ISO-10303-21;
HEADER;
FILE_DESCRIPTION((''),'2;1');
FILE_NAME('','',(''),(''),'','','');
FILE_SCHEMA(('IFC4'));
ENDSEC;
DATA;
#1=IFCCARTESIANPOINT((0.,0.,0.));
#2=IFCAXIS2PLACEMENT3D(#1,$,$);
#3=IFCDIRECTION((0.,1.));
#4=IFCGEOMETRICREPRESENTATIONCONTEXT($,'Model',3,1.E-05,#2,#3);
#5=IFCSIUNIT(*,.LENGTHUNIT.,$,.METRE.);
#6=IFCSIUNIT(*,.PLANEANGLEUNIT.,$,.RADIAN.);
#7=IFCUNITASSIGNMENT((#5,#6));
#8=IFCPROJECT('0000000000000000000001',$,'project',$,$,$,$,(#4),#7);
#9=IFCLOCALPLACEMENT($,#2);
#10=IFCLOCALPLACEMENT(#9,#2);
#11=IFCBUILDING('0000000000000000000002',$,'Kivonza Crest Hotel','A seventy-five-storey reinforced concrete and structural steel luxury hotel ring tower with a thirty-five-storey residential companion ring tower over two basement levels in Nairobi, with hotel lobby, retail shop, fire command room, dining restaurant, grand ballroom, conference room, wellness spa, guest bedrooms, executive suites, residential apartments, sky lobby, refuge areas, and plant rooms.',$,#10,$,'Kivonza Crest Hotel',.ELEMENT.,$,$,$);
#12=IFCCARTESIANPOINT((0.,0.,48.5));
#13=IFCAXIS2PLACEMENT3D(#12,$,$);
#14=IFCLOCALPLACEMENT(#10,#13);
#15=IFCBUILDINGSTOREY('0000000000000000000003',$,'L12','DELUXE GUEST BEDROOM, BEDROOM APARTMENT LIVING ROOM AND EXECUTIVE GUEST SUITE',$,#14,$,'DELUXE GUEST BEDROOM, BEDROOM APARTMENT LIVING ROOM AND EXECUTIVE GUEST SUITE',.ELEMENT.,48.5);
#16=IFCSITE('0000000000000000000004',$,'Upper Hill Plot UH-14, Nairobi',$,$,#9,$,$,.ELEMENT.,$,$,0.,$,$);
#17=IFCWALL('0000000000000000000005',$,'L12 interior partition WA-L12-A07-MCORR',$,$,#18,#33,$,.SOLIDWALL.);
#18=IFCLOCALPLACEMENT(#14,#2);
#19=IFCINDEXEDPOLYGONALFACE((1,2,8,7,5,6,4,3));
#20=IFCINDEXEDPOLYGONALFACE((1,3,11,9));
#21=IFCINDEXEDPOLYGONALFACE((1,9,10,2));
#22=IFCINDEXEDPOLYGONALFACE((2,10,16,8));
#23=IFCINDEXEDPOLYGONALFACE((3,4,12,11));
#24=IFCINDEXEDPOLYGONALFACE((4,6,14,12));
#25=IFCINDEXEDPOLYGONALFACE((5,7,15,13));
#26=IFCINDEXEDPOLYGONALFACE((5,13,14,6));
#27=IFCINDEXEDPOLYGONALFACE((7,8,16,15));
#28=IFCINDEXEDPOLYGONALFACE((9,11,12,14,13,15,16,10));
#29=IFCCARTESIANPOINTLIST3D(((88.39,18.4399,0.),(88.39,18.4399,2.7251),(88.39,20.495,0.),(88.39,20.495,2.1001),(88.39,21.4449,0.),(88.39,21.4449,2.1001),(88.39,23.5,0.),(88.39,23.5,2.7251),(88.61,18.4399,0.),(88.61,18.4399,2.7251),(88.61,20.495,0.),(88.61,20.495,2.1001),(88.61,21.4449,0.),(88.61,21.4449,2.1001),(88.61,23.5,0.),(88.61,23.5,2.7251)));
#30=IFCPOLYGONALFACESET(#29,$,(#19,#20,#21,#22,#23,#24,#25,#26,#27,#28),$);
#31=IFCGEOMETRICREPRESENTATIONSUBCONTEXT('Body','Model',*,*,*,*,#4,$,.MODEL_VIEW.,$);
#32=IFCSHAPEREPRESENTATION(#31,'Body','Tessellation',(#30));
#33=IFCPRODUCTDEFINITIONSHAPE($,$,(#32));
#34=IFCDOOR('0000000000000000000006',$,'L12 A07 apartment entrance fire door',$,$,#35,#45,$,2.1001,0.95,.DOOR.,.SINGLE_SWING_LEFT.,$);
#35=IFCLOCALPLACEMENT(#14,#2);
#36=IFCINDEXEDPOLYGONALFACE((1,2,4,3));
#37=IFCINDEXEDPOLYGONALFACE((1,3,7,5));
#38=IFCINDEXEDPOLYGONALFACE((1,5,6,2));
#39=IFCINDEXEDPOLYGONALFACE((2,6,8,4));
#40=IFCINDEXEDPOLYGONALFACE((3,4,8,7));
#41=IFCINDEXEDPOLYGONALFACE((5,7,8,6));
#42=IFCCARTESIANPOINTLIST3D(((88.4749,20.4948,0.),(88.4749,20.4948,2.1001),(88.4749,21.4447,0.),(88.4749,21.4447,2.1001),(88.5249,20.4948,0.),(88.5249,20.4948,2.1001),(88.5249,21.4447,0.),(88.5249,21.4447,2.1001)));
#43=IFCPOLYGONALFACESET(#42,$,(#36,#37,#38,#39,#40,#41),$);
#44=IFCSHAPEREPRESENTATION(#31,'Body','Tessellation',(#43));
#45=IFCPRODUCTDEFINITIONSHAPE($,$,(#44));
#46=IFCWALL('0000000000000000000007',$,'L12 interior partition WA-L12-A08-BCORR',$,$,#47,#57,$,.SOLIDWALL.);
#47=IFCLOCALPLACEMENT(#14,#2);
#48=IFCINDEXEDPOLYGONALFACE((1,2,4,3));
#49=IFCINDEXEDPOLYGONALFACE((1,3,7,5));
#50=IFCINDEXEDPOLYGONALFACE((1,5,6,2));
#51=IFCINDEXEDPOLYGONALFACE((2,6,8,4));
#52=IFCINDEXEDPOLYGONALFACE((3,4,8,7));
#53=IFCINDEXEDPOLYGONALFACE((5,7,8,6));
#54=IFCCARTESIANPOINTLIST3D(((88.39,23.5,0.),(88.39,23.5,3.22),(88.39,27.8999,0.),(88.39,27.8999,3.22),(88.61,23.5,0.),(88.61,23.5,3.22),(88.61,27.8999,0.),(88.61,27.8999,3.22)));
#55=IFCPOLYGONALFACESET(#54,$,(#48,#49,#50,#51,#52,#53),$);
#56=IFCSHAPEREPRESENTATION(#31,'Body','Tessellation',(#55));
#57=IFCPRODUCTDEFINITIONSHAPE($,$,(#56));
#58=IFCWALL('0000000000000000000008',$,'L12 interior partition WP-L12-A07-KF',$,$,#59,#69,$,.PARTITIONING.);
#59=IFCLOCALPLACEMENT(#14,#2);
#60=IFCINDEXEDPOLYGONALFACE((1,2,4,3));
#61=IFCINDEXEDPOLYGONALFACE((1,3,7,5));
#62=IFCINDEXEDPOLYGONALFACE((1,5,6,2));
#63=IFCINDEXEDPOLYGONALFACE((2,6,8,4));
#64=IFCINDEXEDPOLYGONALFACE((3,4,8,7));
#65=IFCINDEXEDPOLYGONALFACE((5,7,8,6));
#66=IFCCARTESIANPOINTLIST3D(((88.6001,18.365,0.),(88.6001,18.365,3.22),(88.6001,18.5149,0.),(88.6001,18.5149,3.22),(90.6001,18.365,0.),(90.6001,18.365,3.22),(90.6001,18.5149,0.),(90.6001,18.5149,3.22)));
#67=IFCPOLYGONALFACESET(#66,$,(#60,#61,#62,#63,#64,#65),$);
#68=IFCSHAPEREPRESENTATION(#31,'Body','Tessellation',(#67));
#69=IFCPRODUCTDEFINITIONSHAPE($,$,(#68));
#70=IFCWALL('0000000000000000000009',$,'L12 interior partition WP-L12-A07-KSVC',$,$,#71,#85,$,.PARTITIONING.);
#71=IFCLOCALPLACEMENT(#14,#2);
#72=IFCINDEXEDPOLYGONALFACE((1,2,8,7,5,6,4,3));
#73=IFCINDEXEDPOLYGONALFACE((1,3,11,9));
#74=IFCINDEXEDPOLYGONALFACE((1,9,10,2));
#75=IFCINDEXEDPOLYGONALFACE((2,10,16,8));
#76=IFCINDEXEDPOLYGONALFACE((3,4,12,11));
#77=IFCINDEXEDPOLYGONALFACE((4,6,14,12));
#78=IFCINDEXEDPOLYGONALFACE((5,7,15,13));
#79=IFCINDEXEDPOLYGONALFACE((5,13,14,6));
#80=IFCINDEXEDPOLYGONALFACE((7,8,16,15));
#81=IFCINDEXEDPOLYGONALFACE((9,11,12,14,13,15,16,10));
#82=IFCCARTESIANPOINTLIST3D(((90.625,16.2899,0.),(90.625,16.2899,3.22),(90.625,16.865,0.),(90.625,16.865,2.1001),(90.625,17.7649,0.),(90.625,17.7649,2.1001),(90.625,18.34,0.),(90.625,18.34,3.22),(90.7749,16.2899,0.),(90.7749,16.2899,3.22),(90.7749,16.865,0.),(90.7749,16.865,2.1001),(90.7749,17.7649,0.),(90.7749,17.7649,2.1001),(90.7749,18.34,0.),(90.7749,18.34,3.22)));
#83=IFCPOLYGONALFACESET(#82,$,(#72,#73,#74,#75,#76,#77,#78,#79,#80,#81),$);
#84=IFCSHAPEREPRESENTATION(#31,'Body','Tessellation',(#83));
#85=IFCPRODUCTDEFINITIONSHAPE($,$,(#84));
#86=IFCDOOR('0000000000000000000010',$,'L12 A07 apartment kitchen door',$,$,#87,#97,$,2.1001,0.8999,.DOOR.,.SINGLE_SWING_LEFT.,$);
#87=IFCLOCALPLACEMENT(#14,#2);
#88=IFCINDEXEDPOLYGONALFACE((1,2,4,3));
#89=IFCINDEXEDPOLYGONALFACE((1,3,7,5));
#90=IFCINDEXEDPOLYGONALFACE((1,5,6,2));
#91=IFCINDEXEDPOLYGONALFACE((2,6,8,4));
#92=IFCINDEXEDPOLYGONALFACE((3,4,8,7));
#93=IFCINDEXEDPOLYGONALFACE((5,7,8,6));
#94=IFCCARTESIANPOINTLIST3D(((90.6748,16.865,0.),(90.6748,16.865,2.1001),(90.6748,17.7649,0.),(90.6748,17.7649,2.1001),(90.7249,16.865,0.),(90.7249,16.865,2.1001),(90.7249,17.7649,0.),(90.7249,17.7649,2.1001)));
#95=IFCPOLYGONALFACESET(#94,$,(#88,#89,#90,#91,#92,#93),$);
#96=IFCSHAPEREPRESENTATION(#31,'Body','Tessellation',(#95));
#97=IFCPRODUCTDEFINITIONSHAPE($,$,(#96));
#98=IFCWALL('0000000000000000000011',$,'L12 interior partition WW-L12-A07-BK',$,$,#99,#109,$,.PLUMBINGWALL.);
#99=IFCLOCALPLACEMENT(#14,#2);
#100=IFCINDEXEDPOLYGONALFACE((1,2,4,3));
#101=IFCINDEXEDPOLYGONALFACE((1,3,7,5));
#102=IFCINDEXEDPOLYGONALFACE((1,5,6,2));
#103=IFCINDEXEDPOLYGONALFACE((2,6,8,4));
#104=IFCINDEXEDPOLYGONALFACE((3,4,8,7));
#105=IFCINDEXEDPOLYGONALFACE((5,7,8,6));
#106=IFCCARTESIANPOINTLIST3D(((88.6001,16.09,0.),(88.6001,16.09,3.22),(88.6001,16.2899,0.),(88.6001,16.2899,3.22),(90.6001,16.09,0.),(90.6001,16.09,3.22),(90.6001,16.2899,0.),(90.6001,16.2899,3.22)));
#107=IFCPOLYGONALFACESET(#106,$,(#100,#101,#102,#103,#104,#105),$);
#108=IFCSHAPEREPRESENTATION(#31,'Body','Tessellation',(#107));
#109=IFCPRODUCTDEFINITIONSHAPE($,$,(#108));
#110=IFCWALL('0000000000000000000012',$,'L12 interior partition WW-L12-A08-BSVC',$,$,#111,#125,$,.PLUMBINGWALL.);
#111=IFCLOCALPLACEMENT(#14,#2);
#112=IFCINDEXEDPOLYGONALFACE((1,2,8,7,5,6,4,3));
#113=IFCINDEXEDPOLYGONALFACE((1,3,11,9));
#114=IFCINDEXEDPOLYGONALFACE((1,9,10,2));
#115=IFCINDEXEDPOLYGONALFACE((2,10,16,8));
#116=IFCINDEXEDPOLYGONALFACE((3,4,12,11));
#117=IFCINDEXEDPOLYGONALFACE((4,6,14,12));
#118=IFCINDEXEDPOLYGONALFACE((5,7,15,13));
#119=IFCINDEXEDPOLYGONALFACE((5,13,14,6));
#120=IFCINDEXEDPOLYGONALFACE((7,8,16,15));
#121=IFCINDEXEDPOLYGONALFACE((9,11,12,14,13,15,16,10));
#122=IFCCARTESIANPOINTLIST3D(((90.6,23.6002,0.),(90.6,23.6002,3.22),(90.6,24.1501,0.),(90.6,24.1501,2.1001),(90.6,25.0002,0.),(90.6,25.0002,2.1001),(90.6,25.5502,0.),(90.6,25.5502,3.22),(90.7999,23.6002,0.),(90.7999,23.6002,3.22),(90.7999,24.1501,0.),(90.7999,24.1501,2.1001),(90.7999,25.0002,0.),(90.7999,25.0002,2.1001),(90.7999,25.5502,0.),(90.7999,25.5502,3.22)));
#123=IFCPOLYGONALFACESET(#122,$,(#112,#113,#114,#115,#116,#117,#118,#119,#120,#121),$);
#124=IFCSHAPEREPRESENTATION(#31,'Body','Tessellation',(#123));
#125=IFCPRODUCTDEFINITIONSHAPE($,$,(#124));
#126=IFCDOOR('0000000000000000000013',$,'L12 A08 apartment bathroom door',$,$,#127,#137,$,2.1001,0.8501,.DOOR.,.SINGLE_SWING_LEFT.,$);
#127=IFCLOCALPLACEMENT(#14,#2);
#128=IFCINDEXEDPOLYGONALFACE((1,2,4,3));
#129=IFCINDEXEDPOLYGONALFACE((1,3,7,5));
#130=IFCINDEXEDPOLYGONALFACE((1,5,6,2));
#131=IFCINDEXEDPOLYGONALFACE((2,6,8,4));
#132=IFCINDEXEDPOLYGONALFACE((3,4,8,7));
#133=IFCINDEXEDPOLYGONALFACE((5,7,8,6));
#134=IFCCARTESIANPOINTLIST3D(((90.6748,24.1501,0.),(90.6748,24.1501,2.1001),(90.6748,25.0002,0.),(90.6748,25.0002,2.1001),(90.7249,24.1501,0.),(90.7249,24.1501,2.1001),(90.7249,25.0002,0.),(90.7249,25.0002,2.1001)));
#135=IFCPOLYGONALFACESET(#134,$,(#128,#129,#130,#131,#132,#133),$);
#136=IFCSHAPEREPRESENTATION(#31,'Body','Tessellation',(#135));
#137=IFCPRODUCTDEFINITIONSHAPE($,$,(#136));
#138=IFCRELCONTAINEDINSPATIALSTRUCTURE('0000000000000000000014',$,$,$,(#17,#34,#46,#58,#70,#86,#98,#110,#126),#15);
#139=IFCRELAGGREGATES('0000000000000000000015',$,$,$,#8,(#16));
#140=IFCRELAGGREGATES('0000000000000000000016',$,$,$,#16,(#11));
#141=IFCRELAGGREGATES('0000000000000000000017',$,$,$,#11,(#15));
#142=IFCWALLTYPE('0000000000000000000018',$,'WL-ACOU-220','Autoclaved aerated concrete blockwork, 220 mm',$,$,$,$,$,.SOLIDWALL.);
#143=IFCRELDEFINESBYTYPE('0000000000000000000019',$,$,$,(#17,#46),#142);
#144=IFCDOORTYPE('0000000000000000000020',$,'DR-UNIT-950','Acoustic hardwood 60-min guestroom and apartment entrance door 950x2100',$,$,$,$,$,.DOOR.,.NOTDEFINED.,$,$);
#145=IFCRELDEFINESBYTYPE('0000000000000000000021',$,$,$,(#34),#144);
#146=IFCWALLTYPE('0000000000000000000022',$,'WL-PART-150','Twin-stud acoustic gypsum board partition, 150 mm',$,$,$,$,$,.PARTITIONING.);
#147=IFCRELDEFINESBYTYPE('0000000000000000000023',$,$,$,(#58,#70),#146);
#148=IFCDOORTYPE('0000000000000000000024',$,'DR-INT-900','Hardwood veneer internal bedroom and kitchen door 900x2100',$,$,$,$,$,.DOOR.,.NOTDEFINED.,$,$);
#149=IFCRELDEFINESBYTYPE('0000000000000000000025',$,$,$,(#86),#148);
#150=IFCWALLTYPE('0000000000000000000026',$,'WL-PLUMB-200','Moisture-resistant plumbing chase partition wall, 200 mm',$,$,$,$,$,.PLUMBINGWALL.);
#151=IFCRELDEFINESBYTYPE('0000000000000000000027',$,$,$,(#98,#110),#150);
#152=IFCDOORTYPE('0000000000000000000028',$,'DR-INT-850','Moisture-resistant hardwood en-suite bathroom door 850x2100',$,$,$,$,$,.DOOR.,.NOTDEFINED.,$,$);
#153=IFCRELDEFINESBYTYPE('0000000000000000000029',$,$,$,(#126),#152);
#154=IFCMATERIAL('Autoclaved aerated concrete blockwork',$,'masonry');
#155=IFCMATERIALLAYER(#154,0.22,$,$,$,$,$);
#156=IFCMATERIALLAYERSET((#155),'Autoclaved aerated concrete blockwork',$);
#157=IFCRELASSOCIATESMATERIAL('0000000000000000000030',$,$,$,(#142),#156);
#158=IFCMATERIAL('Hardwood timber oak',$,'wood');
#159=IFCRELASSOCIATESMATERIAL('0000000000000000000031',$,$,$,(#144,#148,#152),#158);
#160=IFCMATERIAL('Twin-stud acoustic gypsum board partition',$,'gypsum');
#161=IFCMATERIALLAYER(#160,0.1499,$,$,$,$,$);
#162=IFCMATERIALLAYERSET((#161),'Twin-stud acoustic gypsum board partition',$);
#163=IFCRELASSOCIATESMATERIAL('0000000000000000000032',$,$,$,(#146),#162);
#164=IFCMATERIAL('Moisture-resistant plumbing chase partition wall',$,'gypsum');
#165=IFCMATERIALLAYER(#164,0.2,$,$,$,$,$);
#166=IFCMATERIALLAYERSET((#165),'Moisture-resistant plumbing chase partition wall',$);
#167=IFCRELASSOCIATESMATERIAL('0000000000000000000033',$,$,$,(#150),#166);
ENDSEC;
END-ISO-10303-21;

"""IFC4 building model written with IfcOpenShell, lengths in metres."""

from ifc_helpers import new_model, si_unit, direction, frame, frame_2d, origin, place, context, subcontext, project, spatial, rectangle, extrude, material, layer, layer_set, type_object, element, fill, save


model = new_model("IFC4")

# Units and contexts
model_context = context("Model", 3, precision=1e-05, world=origin(), true_north=direction((0.0, 1.0)))
body_context = subcontext(model_context, "Body", "Model", "MODEL_VIEW")
ifc_project = project(units=[si_unit("LENGTHUNIT", "METRE"), si_unit("PLANEANGLEUNIT", "RADIAN")], contexts=[model_context])

# Site, building, storey
site_placement = place(None, origin())
site = spatial("IfcSite", under=ifc_project, at=site_placement, Name="Upper Hill Plot UH-14, Nairobi", CompositionType="ELEMENT", RefElevation=0.0)
building_placement = place(site_placement, origin())
building = spatial("IfcBuilding", under=site, at=building_placement, Name="Kivonza Crest Hotel", Description="A seventy-five-storey reinforced concrete and structural steel luxury hotel ring tower with a thirty-five-storey residential companion ring tower over two basement levels in Nairobi, with hotel lobby, retail shop, fire command room, dining restaurant, grand ballroom, conference room, wellness spa, guest bedrooms, executive suites, residential apartments, sky lobby, refuge areas, and plant rooms.", LongName="Kivonza Crest Hotel", CompositionType="ELEMENT")
storey_placement = place(building_placement, frame((0.0, 0.0, 48.5)))
storey = spatial("IfcBuildingStorey", under=building, at=storey_placement, Name="L12", Description="DELUXE GUEST BEDROOM, BEDROOM APARTMENT LIVING ROOM AND EXECUTIVE GUEST SUITE", LongName="DELUXE GUEST BEDROOM, BEDROOM APARTMENT LIVING ROOM AND EXECUTIVE GUEST SUITE", CompositionType="ELEMENT", Elevation=48.5)

# Wall, opening, door
ifc_material_1 = material(Name="Autoclaved aerated concrete blockwork", Category="masonry")
ifc_layer_1 = layer(ifc_material_1, 0.22)
ifc_layer_set_1 = layer_set([ifc_layer_1], Name="Autoclaved aerated concrete blockwork")
wall_type_1 = type_object("IfcWallType", Name="WL-ACOU-220", Description="Autoclaved aerated concrete blockwork, 220 mm", PredefinedType="SOLIDWALL", material=ifc_layer_set_1)
wall_1_placement = place(storey_placement, frame((88.5, 18.4399, 0.0), z_axis=(0.0, 0.0, 1.0), x_axis=(0.0, 1.0, 0.0)))
wall_1 = element("IfcWall", 1, at=wall_1_placement, inside=storey, type_object=wall_type_1, Name="L12 interior partition WA-L12-A07-MCORR", PredefinedType="SOLIDWALL", context=body_context, shape_type="SweptSolid", body=[
    extrude(rectangle(XDim=5.0601, YDim=0.22, at=frame_2d((2.53, 0.0))), origin(), (0.0, 0.0, 1.0), 2.7251),
])
opening_1_placement = place(wall_1_placement, frame((2.0549, 0.0, 0.0)))
opening_1 = element("IfcOpeningElement", 2, at=opening_1_placement, cuts=wall_1, PredefinedType="OPENING", context=body_context, shape_type="SweptSolid", body=[
    extrude(rectangle(XDim=0.95, YDim=2.1001, at=frame_2d((0.4751, 1.05))), frame((0.0, 0.1201, 0.0), z_axis=(0.0, -1.0, 0.0), x_axis=(1.0, 0.0, 0.0)), (0.0, 0.0, 1.0), 0.24),
])
ifc_material_2 = material(Name="Hardwood timber oak", Category="wood")
door_type_1 = type_object("IfcDoorType", Name="DR-UNIT-950", Description="Acoustic hardwood 60-min guestroom and apartment entrance door 950x2100", OperationType="NOTDEFINED", PredefinedType="DOOR", material=ifc_material_2)
door_1_placement = place(opening_1_placement, frame((0.95, 0.0, 0.0), z_axis=(0.0, 0.0, 1.0), x_axis=(-1.0, 0.0, 0.0)))
door_1 = element("IfcDoor", 3, at=door_1_placement, inside=storey, type_object=door_type_1, Name="L12 A07 apartment entrance fire door", OperationType="SINGLE_SWING_LEFT", OverallHeight=2.1001, OverallWidth=0.95, PredefinedType="DOOR", context=body_context, shape_type="SweptSolid", body=[
    extrude(rectangle(XDim=0.95, YDim=2.1001, at=frame_2d((0.4751, 1.05))), frame((0.0, 0.0249, 0.0), z_axis=(0.0, -1.0, 0.0), x_axis=(1.0, 0.0, 0.0)), (0.0, 0.0, 1.0), 0.05),
])
fill(opening_1, door_1)

# Walls
wall_2_placement = place(storey_placement, frame((88.5, 23.5, 0.0), z_axis=(0.0, 0.0, 1.0), x_axis=(0.0, 1.0, 0.0)))
element("IfcWall", 4, at=wall_2_placement, inside=storey, type_object=wall_type_1, Name="L12 interior partition WA-L12-A08-BCORR", PredefinedType="SOLIDWALL", context=body_context, shape_type="SweptSolid", body=[
    extrude(rectangle(XDim=4.3999, YDim=0.22, at=frame_2d((2.2, 0.0))), origin(), (0.0, 0.0, 1.0), 3.22),
])
ifc_material_3 = material(Name="Twin-stud acoustic gypsum board partition", Category="gypsum")
ifc_layer_2 = layer(ifc_material_3, 0.1499)
ifc_layer_set_2 = layer_set([ifc_layer_2], Name="Twin-stud acoustic gypsum board partition")
wall_type_2 = type_object("IfcWallType", Name="WL-PART-150", Description="Twin-stud acoustic gypsum board partition, 150 mm", PredefinedType="PARTITIONING", material=ifc_layer_set_2)
wall_3_placement = place(storey_placement, frame((88.6001, 18.4399, 0.0), z_axis=(0.0, 0.0, 1.0), x_axis=(1.0, 0.0, 0.0)))
element("IfcWall", 5, at=wall_3_placement, inside=storey, type_object=wall_type_2, Name="L12 interior partition WP-L12-A07-KF", PredefinedType="PARTITIONING", context=body_context, shape_type="SweptSolid", body=[
    extrude(rectangle(XDim=2.0, YDim=0.1499, at=frame_2d((1.0, 0.0))), origin(), (0.0, 0.0, 1.0), 3.22),
])

# Wall, opening, door
wall_4_placement = place(storey_placement, frame((90.7, 16.29, 0.0), z_axis=(0.0, 0.0, 1.0), x_axis=(0.0, 1.0, 0.0)))
wall_4 = element("IfcWall", 6, at=wall_4_placement, inside=storey, type_object=wall_type_2, Name="L12 interior partition WP-L12-A07-KSVC", PredefinedType="PARTITIONING", context=body_context, shape_type="SweptSolid", body=[
    extrude(rectangle(XDim=2.05, YDim=0.1499, at=frame_2d((1.0249, 0.0))), origin(), (0.0, 0.0, 1.0), 3.22),
])
opening_2_placement = place(wall_4_placement, frame((0.575, 0.0, 0.0)))
opening_2 = element("IfcOpeningElement", 7, at=opening_2_placement, cuts=wall_4, PredefinedType="OPENING", context=body_context, shape_type="SweptSolid", body=[
    extrude(rectangle(XDim=0.8999, YDim=2.1001, at=frame_2d((0.45, 1.05))), frame((0.0, 0.085, 0.0), z_axis=(0.0, -1.0, 0.0), x_axis=(1.0, 0.0, 0.0)), (0.0, 0.0, 1.0), 0.1699),
])
door_type_2 = type_object("IfcDoorType", Name="DR-INT-900", Description="Hardwood veneer internal bedroom and kitchen door 900x2100", OperationType="NOTDEFINED", PredefinedType="DOOR", material=ifc_material_2)
door_2_placement = place(opening_2_placement, frame((0.8999, 0.0, 0.0), z_axis=(0.0, 0.0, 1.0), x_axis=(-1.0, 0.0, 0.0)))
door_2 = element("IfcDoor", 8, at=door_2_placement, inside=storey, type_object=door_type_2, Name="L12 A07 apartment kitchen door", OperationType="SINGLE_SWING_LEFT", OverallHeight=2.1001, OverallWidth=0.8999, PredefinedType="DOOR", context=body_context, shape_type="SweptSolid", body=[
    extrude(rectangle(XDim=0.8999, YDim=2.1001, at=frame_2d((0.45, 1.05))), frame((0.0, 0.0249, 0.0), z_axis=(0.0, -1.0, 0.0), x_axis=(1.0, 0.0, 0.0)), (0.0, 0.0, 1.0), 0.05),
])
fill(opening_2, door_2)

# Wall
ifc_material_4 = material(Name="Moisture-resistant plumbing chase partition wall", Category="gypsum")
ifc_layer_3 = layer(ifc_material_4, 0.2)
ifc_layer_set_3 = layer_set([ifc_layer_3], Name="Moisture-resistant plumbing chase partition wall")
wall_type_3 = type_object("IfcWallType", Name="WL-PLUMB-200", Description="Moisture-resistant plumbing chase partition wall, 200 mm", PredefinedType="PLUMBINGWALL", material=ifc_layer_set_3)
wall_5_placement = place(storey_placement, frame((88.6001, 16.1899, 0.0), z_axis=(0.0, 0.0, 1.0), x_axis=(1.0, 0.0, 0.0)))
element("IfcWall", 9, at=wall_5_placement, inside=storey, type_object=wall_type_3, Name="L12 interior partition WW-L12-A07-BK", PredefinedType="PLUMBINGWALL", context=body_context, shape_type="SweptSolid", body=[
    extrude(rectangle(XDim=2.0, YDim=0.2, at=frame_2d((1.0, 0.0))), origin(), (0.0, 0.0, 1.0), 3.22),
])

# Wall, opening, door
wall_6_placement = place(storey_placement, frame((90.7, 23.6001, 0.0), z_axis=(0.0, 0.0, 1.0), x_axis=(0.0, 1.0, 0.0)))
wall_6 = element("IfcWall", 10, at=wall_6_placement, inside=storey, type_object=wall_type_3, Name="L12 interior partition WW-L12-A08-BSVC", PredefinedType="PLUMBINGWALL", context=body_context, shape_type="SweptSolid", body=[
    extrude(rectangle(XDim=1.95, YDim=0.2, at=frame_2d((0.9751, 0.0))), origin(), (0.0, 0.0, 1.0), 3.22),
])
opening_3_placement = place(wall_6_placement, frame((0.55, 0.0, 0.0)))
opening_3 = element("IfcOpeningElement", 11, at=opening_3_placement, cuts=wall_6, PredefinedType="OPENING", context=body_context, shape_type="SweptSolid", body=[
    extrude(rectangle(XDim=0.8501, YDim=2.1001, at=frame_2d((0.425, 1.05))), frame((0.0, 0.1099, 0.0), z_axis=(0.0, -1.0, 0.0), x_axis=(1.0, 0.0, 0.0)), (0.0, 0.0, 1.0), 0.22),
])
door_type_3 = type_object("IfcDoorType", Name="DR-INT-850", Description="Moisture-resistant hardwood en-suite bathroom door 850x2100", OperationType="NOTDEFINED", PredefinedType="DOOR", material=ifc_material_2)
door_3_placement = place(opening_3_placement, frame((0.8501, 0.0, 0.0), z_axis=(0.0, 0.0, 1.0), x_axis=(-1.0, 0.0, 0.0)))
door_3 = element("IfcDoor", 12, at=door_3_placement, inside=storey, type_object=door_type_3, Name="L12 A08 apartment bathroom door", OperationType="SINGLE_SWING_LEFT", OverallHeight=2.1001, OverallWidth=0.8501, PredefinedType="DOOR", context=body_context, shape_type="SweptSolid", body=[
    extrude(rectangle(XDim=0.8501, YDim=2.1001, at=frame_2d((0.425, 1.05))), frame((0.0, 0.0249, 0.0), z_axis=(0.0, -1.0, 0.0), x_axis=(1.0, 0.0, 0.0)), (0.0, 0.0, 1.0), 0.05),
])
fill(opening_3, door_3)

save(model, "model.ifc")
